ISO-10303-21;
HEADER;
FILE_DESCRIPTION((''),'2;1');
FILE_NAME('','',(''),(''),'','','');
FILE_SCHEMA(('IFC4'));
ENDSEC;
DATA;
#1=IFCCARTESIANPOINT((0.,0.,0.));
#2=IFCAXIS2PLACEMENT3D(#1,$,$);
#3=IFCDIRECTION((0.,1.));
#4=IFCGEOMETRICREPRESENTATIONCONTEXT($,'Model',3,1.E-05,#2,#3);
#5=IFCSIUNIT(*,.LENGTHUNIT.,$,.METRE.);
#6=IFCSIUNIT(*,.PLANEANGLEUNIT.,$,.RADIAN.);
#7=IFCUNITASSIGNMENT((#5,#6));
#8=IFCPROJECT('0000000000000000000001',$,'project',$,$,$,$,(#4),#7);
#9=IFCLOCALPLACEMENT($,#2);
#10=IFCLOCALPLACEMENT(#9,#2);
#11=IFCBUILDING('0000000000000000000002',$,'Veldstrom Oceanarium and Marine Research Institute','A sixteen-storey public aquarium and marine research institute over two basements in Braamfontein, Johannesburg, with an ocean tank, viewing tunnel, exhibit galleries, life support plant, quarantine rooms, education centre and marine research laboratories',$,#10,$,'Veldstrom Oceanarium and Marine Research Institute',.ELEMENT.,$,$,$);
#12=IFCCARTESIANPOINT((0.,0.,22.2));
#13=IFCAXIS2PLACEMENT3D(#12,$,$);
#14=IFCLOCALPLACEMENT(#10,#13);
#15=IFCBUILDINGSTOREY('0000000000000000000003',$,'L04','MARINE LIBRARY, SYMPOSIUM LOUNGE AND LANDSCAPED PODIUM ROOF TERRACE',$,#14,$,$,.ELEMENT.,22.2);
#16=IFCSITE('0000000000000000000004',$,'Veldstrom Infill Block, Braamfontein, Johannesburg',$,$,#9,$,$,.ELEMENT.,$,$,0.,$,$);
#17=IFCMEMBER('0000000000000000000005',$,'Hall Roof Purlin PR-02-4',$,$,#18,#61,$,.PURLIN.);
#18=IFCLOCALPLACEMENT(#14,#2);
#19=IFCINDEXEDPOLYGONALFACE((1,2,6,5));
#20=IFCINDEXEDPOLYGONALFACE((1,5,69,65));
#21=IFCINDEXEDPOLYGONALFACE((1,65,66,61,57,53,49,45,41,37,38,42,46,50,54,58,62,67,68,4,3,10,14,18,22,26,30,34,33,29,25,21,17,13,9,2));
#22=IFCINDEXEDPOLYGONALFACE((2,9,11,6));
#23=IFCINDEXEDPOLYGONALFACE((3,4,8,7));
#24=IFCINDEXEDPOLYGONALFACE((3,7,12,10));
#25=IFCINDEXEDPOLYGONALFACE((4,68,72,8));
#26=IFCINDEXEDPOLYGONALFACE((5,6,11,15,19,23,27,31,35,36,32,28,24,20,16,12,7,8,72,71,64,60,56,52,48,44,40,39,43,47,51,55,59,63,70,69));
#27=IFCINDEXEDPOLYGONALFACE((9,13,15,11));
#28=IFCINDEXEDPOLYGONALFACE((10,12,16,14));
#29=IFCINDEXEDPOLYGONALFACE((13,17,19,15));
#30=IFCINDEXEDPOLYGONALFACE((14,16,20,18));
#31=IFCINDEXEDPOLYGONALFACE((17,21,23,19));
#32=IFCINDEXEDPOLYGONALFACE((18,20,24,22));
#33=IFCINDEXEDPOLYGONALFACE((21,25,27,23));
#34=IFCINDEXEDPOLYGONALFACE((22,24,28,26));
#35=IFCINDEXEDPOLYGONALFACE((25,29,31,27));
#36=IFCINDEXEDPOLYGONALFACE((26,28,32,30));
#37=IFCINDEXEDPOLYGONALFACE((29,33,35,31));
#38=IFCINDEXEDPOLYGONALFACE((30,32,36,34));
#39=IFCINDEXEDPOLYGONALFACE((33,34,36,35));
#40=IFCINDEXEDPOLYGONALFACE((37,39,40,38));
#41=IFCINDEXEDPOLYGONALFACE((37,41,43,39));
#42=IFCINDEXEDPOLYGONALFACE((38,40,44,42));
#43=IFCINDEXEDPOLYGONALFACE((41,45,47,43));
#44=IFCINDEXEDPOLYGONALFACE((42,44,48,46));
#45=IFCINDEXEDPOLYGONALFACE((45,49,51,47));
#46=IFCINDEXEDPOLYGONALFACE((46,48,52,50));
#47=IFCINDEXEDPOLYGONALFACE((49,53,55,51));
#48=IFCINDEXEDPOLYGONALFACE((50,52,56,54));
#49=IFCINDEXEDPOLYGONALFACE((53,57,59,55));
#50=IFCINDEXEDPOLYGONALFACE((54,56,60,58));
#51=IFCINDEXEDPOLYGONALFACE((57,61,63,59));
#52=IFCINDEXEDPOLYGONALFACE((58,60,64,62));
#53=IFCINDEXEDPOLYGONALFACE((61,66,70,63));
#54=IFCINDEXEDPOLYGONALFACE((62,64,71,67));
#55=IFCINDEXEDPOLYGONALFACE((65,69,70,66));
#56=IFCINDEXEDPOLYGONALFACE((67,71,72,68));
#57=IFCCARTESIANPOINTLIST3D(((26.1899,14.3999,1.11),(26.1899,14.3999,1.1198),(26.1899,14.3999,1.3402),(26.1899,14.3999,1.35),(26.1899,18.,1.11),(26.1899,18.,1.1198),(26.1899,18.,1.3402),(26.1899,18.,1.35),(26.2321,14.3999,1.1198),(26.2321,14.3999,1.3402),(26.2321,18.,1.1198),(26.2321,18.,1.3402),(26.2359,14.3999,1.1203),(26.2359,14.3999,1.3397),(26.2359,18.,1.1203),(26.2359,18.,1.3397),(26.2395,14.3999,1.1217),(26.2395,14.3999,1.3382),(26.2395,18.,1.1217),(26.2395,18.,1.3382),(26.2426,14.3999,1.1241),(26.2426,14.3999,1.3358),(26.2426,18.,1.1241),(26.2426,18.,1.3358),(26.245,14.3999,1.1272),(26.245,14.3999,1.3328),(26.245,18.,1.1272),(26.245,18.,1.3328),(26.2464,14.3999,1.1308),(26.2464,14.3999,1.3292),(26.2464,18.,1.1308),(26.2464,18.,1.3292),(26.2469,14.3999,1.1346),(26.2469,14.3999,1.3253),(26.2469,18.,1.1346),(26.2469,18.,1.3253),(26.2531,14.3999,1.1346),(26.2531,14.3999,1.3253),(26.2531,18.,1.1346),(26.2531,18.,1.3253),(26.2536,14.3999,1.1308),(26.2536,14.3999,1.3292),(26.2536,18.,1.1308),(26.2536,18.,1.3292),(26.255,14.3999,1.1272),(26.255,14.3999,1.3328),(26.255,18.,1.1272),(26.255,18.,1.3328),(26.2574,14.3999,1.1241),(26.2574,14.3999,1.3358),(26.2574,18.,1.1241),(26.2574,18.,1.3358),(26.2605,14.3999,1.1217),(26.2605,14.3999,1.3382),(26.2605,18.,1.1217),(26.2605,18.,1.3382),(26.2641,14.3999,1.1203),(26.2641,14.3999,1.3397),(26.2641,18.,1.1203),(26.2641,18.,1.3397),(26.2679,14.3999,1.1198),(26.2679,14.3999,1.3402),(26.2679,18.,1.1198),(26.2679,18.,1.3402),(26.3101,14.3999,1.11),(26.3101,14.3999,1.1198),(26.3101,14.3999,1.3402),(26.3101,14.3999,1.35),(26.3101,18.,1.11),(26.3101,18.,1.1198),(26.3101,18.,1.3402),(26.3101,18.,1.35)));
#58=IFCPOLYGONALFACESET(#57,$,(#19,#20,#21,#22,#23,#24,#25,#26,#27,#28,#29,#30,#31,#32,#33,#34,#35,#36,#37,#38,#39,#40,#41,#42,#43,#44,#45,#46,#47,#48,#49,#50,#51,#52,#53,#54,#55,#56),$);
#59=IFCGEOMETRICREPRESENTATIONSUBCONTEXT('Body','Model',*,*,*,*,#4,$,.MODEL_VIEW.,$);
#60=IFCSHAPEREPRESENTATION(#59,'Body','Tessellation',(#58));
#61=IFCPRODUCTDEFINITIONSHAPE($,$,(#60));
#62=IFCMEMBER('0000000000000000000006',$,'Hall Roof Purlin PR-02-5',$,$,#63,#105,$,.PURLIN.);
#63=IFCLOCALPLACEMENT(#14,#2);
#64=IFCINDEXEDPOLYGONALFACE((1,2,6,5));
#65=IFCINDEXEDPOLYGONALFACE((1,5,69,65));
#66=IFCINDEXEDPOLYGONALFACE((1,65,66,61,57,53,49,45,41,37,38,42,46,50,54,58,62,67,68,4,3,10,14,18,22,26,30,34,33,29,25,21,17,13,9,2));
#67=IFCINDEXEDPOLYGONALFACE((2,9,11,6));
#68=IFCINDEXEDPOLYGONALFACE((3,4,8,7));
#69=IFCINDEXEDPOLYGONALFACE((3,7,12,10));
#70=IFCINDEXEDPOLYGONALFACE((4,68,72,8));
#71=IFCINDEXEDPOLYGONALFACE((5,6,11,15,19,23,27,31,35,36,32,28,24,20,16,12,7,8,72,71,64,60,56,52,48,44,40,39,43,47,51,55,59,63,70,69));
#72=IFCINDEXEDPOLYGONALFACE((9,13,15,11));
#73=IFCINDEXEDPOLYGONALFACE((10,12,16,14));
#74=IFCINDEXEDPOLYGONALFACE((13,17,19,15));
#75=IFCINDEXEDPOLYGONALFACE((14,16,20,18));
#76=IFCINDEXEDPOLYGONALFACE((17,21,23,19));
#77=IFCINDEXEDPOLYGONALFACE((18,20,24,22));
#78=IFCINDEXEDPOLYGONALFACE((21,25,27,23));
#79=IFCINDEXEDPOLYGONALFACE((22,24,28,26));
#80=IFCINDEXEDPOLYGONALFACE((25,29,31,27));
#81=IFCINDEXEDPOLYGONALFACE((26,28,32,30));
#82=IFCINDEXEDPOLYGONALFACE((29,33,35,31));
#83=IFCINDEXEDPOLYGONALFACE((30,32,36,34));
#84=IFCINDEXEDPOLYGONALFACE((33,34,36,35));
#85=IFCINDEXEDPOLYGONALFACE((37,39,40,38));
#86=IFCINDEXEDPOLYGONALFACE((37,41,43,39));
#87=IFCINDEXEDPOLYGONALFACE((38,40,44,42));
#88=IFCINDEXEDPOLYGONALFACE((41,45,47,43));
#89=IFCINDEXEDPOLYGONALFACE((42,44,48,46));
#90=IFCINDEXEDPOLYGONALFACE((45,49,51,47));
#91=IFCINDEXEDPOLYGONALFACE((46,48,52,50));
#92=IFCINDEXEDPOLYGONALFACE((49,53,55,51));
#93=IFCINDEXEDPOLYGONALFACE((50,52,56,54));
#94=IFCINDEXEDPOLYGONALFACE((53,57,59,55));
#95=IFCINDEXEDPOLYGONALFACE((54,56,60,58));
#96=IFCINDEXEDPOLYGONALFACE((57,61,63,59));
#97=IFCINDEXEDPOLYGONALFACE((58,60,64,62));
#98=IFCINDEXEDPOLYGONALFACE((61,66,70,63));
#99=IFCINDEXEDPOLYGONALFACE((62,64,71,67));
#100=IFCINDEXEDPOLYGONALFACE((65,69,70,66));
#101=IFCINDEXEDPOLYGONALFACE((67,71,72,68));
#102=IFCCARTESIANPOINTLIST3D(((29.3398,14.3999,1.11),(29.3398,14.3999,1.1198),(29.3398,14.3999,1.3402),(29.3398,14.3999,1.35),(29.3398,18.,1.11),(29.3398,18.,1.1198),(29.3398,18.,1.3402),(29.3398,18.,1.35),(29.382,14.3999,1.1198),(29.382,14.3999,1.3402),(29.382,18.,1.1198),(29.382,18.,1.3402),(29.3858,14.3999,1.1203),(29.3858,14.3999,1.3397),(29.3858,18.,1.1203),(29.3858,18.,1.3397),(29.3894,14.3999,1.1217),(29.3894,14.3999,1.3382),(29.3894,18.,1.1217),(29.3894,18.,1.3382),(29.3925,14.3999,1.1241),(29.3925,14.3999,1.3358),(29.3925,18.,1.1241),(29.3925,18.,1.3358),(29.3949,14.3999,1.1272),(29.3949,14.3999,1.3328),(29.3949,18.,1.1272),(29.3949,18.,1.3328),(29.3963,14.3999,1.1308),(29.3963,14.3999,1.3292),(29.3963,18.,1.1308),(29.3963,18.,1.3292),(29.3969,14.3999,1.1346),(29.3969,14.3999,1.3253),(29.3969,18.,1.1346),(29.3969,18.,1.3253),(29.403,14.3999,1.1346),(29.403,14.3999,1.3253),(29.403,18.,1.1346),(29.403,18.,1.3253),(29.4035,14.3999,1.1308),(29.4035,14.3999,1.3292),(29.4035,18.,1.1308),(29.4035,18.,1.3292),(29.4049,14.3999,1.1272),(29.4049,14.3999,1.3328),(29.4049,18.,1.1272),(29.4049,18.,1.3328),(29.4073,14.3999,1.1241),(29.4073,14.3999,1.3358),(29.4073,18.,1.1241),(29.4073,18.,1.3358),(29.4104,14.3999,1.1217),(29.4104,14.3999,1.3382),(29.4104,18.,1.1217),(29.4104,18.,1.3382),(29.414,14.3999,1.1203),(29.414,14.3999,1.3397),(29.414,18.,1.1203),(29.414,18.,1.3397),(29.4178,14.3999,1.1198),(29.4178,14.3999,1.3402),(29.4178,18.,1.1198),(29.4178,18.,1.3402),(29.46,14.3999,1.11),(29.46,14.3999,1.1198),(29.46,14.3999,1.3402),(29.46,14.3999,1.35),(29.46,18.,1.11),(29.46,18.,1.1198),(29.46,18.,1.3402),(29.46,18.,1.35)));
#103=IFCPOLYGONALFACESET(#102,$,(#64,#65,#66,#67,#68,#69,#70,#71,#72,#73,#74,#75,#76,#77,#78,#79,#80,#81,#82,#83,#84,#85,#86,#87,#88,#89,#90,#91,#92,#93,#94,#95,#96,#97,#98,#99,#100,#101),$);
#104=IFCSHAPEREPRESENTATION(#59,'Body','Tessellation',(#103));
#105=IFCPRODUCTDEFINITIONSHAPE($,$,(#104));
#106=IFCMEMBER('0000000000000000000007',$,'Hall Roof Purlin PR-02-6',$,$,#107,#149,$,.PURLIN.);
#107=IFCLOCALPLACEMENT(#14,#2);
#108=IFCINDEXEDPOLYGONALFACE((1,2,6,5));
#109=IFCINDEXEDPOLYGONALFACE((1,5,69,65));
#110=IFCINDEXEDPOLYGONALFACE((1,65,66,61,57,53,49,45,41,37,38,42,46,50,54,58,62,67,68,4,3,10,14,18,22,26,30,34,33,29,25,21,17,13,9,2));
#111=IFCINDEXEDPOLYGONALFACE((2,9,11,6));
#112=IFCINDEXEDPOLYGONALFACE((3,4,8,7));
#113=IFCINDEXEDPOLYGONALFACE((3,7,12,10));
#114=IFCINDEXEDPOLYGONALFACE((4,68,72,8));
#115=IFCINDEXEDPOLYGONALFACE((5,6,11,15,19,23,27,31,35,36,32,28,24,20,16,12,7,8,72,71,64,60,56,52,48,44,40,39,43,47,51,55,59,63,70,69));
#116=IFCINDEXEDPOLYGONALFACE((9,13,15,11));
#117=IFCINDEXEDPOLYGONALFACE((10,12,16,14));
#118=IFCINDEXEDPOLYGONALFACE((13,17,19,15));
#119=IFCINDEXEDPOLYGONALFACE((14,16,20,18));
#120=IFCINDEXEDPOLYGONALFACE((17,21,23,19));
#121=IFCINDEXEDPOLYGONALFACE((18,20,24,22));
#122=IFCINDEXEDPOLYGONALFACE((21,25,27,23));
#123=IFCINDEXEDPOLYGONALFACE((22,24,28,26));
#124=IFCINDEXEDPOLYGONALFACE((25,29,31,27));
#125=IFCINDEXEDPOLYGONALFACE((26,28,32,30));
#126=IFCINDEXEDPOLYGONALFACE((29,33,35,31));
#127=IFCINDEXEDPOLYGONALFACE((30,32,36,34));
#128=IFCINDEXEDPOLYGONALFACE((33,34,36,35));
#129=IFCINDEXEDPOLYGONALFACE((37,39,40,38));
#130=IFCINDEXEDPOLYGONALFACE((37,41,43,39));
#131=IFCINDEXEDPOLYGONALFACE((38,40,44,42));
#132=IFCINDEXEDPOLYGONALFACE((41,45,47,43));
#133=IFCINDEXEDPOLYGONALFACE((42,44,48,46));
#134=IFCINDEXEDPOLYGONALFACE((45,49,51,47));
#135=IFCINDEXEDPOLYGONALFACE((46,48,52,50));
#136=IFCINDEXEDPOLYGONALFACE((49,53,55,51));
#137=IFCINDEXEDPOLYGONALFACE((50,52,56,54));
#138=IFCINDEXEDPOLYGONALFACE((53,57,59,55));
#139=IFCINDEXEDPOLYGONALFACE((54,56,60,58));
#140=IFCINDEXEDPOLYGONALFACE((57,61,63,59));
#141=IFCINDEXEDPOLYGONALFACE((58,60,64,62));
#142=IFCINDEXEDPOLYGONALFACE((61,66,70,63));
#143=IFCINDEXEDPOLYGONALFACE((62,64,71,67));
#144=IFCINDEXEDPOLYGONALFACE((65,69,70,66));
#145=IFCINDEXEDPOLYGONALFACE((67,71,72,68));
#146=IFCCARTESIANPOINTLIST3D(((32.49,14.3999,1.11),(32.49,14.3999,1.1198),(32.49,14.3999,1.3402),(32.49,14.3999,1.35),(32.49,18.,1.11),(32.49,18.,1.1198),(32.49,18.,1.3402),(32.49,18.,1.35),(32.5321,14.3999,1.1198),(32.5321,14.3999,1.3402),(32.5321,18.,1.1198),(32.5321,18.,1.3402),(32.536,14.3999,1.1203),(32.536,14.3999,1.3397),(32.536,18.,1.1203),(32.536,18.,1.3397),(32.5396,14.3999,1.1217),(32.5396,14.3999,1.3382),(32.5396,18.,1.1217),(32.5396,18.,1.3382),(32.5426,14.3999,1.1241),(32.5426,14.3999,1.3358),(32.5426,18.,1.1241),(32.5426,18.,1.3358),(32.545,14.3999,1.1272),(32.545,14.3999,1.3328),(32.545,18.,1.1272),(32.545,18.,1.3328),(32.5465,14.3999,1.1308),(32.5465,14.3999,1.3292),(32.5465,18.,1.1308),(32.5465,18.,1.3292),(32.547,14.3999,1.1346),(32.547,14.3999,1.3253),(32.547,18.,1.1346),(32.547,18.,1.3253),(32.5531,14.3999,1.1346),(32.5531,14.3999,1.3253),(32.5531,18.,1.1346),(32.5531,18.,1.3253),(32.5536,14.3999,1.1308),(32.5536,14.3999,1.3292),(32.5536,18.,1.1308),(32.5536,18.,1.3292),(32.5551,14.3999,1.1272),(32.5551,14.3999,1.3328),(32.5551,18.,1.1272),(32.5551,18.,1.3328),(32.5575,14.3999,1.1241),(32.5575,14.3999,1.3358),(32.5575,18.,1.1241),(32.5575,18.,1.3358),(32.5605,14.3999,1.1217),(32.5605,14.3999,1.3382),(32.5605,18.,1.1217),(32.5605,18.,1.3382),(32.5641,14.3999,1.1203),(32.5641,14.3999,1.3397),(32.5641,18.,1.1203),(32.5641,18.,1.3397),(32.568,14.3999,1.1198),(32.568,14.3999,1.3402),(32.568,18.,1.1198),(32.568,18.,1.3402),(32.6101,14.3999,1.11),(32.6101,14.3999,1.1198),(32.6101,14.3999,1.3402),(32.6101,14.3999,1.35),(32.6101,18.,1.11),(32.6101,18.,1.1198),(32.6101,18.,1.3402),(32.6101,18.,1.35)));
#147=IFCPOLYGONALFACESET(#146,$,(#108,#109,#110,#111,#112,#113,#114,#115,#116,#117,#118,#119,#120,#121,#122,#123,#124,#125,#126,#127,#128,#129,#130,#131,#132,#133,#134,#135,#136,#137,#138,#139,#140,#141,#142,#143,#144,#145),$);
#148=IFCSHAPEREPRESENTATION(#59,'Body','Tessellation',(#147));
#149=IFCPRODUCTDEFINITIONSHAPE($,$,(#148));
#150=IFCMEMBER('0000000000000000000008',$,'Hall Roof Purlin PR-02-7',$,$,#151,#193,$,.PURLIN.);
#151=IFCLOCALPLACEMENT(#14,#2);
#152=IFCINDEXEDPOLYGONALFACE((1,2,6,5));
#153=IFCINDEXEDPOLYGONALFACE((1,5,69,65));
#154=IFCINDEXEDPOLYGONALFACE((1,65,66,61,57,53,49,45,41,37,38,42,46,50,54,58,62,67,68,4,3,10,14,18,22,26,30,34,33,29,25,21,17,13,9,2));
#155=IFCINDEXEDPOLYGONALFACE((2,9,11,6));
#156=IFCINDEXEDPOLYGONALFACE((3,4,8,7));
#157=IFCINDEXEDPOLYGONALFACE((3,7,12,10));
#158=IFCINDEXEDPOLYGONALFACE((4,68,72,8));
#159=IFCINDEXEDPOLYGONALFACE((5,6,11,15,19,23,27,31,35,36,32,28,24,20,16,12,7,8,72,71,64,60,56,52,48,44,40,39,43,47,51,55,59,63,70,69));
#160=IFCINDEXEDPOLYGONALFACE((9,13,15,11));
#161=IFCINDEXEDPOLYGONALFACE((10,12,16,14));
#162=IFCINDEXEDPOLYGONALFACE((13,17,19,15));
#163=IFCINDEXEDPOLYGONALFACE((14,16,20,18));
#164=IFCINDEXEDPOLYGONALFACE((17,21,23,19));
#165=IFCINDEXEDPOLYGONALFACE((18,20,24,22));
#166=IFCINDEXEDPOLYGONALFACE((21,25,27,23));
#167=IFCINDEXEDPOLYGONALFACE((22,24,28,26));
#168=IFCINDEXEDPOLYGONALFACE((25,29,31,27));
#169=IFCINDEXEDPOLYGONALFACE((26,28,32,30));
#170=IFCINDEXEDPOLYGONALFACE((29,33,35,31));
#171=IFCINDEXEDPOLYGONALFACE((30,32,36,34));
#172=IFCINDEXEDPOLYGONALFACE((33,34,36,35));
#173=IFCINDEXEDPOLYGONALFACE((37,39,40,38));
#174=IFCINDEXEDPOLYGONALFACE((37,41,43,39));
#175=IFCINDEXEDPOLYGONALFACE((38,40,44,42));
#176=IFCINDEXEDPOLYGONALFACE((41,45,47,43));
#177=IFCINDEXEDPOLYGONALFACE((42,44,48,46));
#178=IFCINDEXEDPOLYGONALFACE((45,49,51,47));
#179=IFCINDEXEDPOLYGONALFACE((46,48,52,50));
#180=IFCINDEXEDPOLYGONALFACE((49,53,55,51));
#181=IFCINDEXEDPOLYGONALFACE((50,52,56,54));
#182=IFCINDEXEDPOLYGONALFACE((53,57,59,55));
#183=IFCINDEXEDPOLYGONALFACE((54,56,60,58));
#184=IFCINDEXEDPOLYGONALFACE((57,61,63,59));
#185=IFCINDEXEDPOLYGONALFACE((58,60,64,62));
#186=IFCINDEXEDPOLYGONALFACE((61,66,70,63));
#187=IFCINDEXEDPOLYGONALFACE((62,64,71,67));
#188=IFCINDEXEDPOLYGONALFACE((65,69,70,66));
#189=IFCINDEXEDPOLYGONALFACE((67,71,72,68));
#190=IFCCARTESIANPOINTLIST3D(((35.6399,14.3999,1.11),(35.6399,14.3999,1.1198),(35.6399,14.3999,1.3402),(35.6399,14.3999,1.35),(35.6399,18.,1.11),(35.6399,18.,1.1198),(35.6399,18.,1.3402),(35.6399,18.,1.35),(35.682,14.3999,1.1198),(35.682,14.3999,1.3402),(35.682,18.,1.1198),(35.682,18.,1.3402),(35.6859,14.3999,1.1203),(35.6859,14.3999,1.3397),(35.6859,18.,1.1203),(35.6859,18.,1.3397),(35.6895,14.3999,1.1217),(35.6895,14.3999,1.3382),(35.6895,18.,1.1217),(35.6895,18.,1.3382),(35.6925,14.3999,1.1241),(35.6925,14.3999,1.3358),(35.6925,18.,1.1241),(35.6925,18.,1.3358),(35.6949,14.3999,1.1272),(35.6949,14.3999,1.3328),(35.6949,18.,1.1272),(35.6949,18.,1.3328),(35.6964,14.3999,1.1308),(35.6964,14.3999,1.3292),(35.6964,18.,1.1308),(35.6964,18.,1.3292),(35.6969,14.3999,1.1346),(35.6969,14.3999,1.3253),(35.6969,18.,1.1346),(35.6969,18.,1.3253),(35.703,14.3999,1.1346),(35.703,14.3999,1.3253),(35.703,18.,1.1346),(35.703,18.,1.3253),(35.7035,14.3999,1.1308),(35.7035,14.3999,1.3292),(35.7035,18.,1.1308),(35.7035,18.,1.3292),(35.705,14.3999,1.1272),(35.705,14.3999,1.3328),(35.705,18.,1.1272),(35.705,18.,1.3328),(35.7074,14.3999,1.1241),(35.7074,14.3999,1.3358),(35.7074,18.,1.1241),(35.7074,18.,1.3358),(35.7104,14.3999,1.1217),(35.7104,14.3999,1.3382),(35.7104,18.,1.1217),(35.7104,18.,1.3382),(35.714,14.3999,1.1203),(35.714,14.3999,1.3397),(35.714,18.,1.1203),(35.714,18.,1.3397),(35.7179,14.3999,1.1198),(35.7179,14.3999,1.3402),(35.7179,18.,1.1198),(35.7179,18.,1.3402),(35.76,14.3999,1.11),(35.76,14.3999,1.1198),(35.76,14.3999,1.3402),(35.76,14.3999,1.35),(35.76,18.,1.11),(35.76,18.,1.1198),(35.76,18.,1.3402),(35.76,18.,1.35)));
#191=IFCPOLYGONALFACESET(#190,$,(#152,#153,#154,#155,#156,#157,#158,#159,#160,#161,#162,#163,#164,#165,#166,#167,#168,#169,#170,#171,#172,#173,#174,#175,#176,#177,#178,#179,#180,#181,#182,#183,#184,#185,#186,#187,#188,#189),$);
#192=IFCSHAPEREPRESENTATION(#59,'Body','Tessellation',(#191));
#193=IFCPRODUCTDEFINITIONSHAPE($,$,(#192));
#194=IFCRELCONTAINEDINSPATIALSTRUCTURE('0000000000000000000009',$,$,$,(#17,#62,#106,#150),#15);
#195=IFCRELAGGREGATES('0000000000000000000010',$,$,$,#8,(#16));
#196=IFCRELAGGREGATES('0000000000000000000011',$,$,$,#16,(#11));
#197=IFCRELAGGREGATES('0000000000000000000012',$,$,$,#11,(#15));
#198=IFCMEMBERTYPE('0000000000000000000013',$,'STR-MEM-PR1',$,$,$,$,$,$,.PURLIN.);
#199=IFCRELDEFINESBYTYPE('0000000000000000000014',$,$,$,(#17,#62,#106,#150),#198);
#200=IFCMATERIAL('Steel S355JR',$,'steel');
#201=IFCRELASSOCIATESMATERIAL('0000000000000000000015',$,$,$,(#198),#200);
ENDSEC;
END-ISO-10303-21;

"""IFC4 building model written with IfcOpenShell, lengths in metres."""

from ifc_helpers import new_model, si_unit, direction, frame, origin, origin_2d, place, context, subcontext, project, spatial, i_section, extrude, material, material_profile, profile_set, type_object, element, save


model = new_model("IFC4")

# Units and contexts
model_context = context("Model", 3, precision=1e-05, world=origin(), true_north=direction((0.0, 1.0)))
body_context = subcontext(model_context, "Body", "Model", "MODEL_VIEW")
ifc_project = project(units=[si_unit("LENGTHUNIT", "METRE"), si_unit("PLANEANGLEUNIT", "RADIAN")], contexts=[model_context])

# Site, building, storey
site_placement = place(None, origin())
site = spatial("IfcSite", under=ifc_project, at=site_placement, Name="Veldstrom Infill Block, Braamfontein, Johannesburg", CompositionType="ELEMENT", RefElevation=0.0)
building_placement = place(site_placement, origin())
building = spatial("IfcBuilding", under=site, at=building_placement, Name="Veldstrom Oceanarium and Marine Research Institute", Description="A sixteen-storey public aquarium and marine research institute over two basements in Braamfontein, Johannesburg, with an ocean tank, viewing tunnel, exhibit galleries, life support plant, quarantine rooms, education centre and marine research laboratories", LongName="Veldstrom Oceanarium and Marine Research Institute", CompositionType="ELEMENT")
storey_placement = place(building_placement, frame((0.0, 0.0, 22.2)))
storey = spatial("IfcBuildingStorey", under=building, at=storey_placement, Name="L04", Description="MARINE LIBRARY, SYMPOSIUM LOUNGE AND LANDSCAPED PODIUM ROOF TERRACE", CompositionType="ELEMENT", Elevation=22.2)

# Members
ifc_material_1 = material(Name="Steel S355JR", Category="steel")
ifc_material_profile_1 = material_profile(ifc_material_1, i_section(OverallWidth=0.1201, OverallDepth=0.24, WebThickness=0.0061, FlangeThickness=0.0098, FilletRadius=0.0149, at=origin_2d()), Name="IPE 240")
ifc_profile_set_1 = profile_set([ifc_material_profile_1], Name="Steel S355JR")
member_type_1 = type_object("IfcMemberType", Name="STR-MEM-PR1", PredefinedType="PURLIN", material=ifc_profile_set_1)
for number, where, z_axis, x_axis, name in (
    (1, (26.25, 14.3999, 1.23), (0.0, 1.0, 0.0), (-1.0, 0.0, 0.0), "Hall Roof Purlin PR-02-4"),
    (2, (29.3999, 14.3999, 1.23), (0.0, 1.0, 0.0), (-1.0, 0.0, 0.0), "Hall Roof Purlin PR-02-5"),
    (3, (32.55, 14.3999, 1.23), (0.0, 1.0, 0.0), (-1.0, 0.0, 0.0), "Hall Roof Purlin PR-02-6"),
    (4, (35.7, 14.3999, 1.23), (0.0, 1.0, 0.0), (-1.0, 0.0, 0.0), "Hall Roof Purlin PR-02-7"),
):
    element("IfcMember", number, at=place(storey_placement, frame(where, z_axis=z_axis, x_axis=x_axis)), inside=storey, type_object=member_type_1, Name=name, PredefinedType="PURLIN", context=body_context, shape_type="SweptSolid", body=[
        extrude(i_section(OverallWidth=0.1201, OverallDepth=0.24, WebThickness=0.0061, FlangeThickness=0.0098, FilletRadius=0.0149, at=origin_2d()), origin(), (0.0, 0.0, 1.0), 3.6001),
    ])

save(model, "model.ifc")
